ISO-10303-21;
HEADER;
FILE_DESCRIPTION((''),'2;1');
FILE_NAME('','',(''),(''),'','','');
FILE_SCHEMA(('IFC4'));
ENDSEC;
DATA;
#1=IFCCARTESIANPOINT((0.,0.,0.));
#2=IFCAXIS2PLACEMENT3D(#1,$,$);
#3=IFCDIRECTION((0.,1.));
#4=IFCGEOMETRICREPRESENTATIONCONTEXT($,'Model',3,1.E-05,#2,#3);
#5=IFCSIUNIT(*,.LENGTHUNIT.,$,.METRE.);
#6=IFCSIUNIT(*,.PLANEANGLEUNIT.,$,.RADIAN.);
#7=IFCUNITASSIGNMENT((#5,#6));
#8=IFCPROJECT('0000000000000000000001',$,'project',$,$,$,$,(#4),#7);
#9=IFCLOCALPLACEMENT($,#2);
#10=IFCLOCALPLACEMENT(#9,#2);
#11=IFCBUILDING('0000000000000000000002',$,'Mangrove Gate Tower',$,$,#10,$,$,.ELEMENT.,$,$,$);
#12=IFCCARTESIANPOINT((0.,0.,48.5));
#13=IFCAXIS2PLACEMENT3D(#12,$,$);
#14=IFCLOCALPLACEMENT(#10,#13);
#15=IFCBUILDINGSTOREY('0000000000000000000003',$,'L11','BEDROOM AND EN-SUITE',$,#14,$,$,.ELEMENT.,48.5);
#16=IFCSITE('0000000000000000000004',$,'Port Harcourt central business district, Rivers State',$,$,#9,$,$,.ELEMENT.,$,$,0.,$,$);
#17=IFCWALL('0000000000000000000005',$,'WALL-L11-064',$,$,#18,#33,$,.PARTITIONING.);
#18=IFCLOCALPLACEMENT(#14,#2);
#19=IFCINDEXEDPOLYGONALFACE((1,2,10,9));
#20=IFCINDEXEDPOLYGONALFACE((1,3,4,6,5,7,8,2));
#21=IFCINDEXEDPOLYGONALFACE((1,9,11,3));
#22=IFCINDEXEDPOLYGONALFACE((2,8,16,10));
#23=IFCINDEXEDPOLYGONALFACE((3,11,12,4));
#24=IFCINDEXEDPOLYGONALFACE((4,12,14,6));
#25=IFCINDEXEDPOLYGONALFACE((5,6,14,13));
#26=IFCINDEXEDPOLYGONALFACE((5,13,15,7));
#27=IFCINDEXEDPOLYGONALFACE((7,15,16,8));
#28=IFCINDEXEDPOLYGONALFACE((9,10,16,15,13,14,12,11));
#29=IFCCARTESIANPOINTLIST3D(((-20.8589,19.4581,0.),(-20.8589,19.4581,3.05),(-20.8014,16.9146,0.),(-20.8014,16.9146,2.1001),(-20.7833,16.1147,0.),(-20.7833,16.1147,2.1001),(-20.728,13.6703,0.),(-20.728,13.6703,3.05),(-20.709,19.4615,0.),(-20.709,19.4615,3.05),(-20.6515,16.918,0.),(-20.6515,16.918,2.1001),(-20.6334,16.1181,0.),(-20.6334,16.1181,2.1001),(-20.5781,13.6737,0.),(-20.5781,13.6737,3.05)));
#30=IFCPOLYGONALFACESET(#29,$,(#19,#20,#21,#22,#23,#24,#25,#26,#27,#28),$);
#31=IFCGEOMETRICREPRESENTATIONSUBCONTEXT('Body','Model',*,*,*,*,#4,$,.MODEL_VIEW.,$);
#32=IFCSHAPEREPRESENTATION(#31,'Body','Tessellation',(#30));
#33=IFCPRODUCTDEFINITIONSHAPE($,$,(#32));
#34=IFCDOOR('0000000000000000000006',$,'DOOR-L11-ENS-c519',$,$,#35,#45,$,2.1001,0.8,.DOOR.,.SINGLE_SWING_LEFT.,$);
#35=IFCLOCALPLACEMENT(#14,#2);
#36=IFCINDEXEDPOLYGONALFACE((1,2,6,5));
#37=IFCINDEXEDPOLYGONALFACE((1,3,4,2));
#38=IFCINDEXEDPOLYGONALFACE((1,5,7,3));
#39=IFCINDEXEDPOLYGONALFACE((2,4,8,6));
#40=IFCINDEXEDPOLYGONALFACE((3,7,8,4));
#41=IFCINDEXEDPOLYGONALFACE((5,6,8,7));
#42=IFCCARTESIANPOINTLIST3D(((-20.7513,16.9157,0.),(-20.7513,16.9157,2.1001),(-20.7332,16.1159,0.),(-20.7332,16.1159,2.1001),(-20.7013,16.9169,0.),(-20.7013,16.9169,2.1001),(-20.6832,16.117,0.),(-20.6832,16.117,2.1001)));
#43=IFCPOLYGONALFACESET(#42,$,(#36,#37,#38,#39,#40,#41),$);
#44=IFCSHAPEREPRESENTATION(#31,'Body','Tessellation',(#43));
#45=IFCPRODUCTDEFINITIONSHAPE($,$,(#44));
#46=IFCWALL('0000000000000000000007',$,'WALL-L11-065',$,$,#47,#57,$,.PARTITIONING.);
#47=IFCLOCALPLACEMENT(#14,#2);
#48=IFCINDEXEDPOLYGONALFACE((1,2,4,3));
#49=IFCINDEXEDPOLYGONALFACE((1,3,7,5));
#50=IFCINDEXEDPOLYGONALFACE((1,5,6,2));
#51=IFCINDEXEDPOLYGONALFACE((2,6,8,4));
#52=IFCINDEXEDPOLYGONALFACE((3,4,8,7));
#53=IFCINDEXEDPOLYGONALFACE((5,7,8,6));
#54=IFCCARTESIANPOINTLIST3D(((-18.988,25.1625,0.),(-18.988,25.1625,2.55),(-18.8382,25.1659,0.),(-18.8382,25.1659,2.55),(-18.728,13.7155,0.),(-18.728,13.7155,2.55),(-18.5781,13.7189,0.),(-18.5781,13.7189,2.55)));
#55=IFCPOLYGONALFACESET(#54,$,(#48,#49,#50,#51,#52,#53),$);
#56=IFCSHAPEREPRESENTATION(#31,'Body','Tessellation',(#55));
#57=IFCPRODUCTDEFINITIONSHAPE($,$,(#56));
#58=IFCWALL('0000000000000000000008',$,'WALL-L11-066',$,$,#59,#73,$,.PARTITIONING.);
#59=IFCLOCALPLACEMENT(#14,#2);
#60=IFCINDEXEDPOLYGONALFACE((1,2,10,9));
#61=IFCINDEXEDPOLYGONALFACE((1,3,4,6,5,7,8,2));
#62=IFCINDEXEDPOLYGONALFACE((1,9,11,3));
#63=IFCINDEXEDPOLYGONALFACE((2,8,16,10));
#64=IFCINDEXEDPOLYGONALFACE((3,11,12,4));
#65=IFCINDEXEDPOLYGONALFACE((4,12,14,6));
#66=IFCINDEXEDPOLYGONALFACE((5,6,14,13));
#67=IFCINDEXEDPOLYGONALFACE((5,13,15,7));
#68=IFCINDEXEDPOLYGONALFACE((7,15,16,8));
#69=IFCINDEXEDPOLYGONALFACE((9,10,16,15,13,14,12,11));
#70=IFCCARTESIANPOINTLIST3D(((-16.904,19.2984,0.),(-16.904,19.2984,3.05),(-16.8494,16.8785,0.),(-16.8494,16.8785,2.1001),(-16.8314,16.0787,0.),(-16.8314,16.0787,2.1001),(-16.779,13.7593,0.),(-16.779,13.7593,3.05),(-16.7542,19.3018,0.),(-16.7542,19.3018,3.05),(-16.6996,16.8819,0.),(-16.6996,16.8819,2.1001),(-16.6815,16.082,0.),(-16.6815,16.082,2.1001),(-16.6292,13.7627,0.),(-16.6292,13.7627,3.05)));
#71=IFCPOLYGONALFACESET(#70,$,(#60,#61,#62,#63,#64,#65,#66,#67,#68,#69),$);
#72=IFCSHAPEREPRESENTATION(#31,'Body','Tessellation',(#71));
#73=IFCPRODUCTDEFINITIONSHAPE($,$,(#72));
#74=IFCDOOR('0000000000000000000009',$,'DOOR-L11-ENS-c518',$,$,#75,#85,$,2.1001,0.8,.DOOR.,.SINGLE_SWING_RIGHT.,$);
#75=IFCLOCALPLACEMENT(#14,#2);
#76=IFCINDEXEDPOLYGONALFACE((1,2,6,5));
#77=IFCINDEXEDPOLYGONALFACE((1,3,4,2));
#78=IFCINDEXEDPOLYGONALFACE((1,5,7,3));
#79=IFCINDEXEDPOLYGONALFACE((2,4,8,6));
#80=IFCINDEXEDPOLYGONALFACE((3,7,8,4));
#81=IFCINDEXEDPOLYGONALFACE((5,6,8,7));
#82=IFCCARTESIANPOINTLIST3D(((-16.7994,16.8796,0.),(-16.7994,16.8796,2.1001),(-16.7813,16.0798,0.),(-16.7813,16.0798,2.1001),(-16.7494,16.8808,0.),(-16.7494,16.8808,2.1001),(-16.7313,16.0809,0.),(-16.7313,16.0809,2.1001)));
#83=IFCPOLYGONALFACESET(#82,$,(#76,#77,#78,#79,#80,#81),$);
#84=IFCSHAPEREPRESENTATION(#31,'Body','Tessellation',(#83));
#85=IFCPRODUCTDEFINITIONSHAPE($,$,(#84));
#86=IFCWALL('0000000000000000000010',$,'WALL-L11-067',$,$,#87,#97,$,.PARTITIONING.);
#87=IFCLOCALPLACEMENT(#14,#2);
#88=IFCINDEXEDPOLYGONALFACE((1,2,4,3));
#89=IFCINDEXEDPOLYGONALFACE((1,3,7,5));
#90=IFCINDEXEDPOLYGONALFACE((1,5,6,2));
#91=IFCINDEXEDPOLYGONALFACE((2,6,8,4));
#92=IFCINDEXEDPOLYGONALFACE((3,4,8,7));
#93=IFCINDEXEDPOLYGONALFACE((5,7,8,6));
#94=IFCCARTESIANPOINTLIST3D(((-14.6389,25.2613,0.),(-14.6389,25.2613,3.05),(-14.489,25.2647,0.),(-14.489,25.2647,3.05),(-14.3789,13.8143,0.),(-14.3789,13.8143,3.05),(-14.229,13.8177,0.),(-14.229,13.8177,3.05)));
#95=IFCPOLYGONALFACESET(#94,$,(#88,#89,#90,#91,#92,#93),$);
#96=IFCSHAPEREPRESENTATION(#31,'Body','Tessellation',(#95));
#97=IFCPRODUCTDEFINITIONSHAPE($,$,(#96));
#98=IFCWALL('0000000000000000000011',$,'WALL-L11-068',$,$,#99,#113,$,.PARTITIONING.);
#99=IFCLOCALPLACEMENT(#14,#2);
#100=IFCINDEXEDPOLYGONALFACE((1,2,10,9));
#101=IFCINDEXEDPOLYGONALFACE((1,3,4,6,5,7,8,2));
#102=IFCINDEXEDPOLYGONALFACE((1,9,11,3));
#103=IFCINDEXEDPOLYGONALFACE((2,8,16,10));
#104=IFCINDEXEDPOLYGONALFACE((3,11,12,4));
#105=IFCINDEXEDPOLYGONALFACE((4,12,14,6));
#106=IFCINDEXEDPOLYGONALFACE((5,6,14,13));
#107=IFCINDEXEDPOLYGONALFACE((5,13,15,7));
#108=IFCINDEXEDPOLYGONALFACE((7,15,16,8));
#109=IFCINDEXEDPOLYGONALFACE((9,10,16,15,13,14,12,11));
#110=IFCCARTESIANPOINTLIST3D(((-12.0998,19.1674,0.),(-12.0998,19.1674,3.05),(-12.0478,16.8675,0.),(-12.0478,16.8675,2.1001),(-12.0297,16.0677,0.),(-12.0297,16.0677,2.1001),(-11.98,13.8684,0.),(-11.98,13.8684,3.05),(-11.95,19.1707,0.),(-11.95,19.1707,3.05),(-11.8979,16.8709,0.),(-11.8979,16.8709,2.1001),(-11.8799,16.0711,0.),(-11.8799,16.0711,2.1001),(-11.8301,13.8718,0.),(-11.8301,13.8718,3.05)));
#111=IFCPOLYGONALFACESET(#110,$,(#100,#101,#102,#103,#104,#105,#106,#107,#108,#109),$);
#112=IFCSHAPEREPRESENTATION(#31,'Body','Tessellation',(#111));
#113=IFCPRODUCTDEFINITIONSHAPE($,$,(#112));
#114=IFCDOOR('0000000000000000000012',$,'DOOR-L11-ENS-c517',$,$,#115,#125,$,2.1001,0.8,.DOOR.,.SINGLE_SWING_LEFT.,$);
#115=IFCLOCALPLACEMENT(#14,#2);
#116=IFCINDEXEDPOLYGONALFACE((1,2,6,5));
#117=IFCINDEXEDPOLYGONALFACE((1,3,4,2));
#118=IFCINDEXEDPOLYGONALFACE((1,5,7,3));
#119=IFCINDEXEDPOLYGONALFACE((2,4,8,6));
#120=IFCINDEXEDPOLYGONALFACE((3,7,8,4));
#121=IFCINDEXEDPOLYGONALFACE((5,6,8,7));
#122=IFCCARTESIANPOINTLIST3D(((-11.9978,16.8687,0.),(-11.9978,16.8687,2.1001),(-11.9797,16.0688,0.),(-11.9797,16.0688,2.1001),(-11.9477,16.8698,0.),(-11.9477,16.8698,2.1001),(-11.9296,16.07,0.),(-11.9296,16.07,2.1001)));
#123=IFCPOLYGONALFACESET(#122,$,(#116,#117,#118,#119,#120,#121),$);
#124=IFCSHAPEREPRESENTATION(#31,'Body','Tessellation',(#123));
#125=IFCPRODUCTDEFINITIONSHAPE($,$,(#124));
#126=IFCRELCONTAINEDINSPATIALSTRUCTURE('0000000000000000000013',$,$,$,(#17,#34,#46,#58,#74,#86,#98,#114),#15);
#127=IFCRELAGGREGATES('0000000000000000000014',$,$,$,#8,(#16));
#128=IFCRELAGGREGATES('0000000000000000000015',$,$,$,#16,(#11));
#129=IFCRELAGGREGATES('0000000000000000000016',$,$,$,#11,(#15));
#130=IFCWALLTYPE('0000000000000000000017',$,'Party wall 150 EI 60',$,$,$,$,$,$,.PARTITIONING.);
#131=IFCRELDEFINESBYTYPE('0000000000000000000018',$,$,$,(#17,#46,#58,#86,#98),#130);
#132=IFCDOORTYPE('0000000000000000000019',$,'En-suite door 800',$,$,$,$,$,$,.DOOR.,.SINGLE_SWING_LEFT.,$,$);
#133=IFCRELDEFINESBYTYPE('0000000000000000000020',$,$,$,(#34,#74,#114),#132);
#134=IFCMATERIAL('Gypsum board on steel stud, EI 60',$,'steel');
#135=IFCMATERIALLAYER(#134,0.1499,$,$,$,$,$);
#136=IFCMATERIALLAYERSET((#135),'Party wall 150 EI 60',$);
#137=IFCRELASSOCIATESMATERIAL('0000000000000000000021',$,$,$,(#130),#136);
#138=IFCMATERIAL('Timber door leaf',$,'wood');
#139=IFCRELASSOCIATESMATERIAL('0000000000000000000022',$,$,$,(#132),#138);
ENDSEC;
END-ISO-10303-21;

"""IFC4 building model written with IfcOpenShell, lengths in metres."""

from ifc_helpers import new_model, si_unit, direction, frame, frame_2d, origin, place, context, subcontext, project, spatial, rectangle, extrude, material, layer, layer_set, type_object, element, fill, save


model = new_model("IFC4")

# Units and contexts
model_context = context("Model", 3, precision=1e-05, world=origin(), true_north=direction((0.0, 1.0)))
body_context = subcontext(model_context, "Body", "Model", "MODEL_VIEW")
ifc_project = project(units=[si_unit("LENGTHUNIT", "METRE"), si_unit("PLANEANGLEUNIT", "RADIAN")], contexts=[model_context])

# Site, building, storey
site_placement = place(None, origin())
site = spatial("IfcSite", under=ifc_project, at=site_placement, Name="Port Harcourt central business district, Rivers State", CompositionType="ELEMENT", RefElevation=0.0)
building_placement = place(site_placement, origin())
building = spatial("IfcBuilding", under=site, at=building_placement, Name="Mangrove Gate Tower", CompositionType="ELEMENT")
storey_placement = place(building_placement, frame((0.0, 0.0, 48.5)))
storey = spatial("IfcBuildingStorey", under=building, at=storey_placement, Name="L11", Description="BEDROOM AND EN-SUITE", CompositionType="ELEMENT", Elevation=48.5)

# Shared definitions
ifc_material_1 = material(Name="Gypsum board on steel stud, EI 60", Category="steel")
ifc_layer_1 = layer(ifc_material_1, 0.1499)
ifc_layer_set_1 = layer_set([ifc_layer_1], Name="Party wall 150 EI 60")
wall_type_1 = type_object("IfcWallType", Name="Party wall 150 EI 60", PredefinedType="PARTITIONING", material=ifc_layer_set_1)

# Wall, opening, door
wall_1_placement = place(storey_placement, frame((-20.6531, 13.6721, 0.0), z_axis=(0.0, 0.0, 1.0), x_axis=(-0.022604, 0.999745, 0.0)))
wall_1 = element("IfcWall", 1, at=wall_1_placement, inside=storey, type_object=wall_type_1, Name="WALL-L11-064", PredefinedType="PARTITIONING", context=body_context, shape_type="SweptSolid", body=[
    extrude(rectangle(XDim=5.7893, YDim=0.1499, at=frame_2d((2.8945, 0.0))), origin(), (0.0, 0.0, 1.0), 3.05),
])
opening_1_placement = place(wall_1_placement, frame((2.4451, 0.0, 0.0)))
opening_1 = element("IfcOpeningElement", 2, at=opening_1_placement, cuts=wall_1, PredefinedType="OPENING", context=body_context, shape_type="SweptSolid", body=[
    extrude(rectangle(XDim=0.8, YDim=2.1001, at=frame_2d((0.3999, 1.05))), frame((0.0, 0.085, 0.0), z_axis=(0.0, -1.0, 0.0), x_axis=(1.0, 0.0, 0.0)), (0.0, 0.0, 1.0), 0.1699),
])
ifc_material_2 = material(Name="Timber door leaf", Category="wood")
door_type_1 = type_object("IfcDoorType", Name="En-suite door 800", OperationType="SINGLE_SWING_LEFT", PredefinedType="DOOR", material=ifc_material_2)
door_1_placement = place(opening_1_placement, origin())
door_1 = element("IfcDoor", 3, at=door_1_placement, inside=storey, type_object=door_type_1, Name="DOOR-L11-ENS-c519", OperationType="SINGLE_SWING_LEFT", OverallHeight=2.1001, OverallWidth=0.8, PredefinedType="DOOR", context=body_context, shape_type="SweptSolid", body=[
    extrude(rectangle(XDim=0.8, YDim=2.1001, at=frame_2d((0.3999, 1.05))), frame((0.0, 0.0249, 0.0), z_axis=(0.0, -1.0, 0.0), x_axis=(1.0, 0.0, 0.0)), (0.0, 0.0, 1.0), 0.05),
])
fill(opening_1, door_1)

# Wall
wall_2_placement = place(storey_placement, frame((-18.6531, 13.717, 0.0), z_axis=(0.0, 0.0, 1.0), x_axis=(-0.022708, 0.999742, 0.0)))
element("IfcWall", 4, at=wall_2_placement, inside=storey, type_object=wall_type_1, Name="WALL-L11-065", PredefinedType="PARTITIONING", context=body_context, shape_type="SweptSolid", body=[
    extrude(rectangle(XDim=11.45, YDim=0.1499, at=frame_2d((5.7251, 0.0))), origin(), (0.0, 0.0, 1.0), 2.55),
])

# Wall, opening, door
wall_3_placement = place(storey_placement, frame((-16.7041, 13.761, 0.0), z_axis=(0.0, 0.0, 1.0), x_axis=(-0.022561, 0.999745, 0.0)))
wall_3 = element("IfcWall", 5, at=wall_3_placement, inside=storey, type_object=wall_type_1, Name="WALL-L11-066", PredefinedType="PARTITIONING", context=body_context, shape_type="SweptSolid", body=[
    extrude(rectangle(XDim=5.5405, YDim=0.1499, at=frame_2d((2.7703, 0.0))), origin(), (0.0, 0.0, 1.0), 3.05),
])
opening_2_placement = place(wall_3_placement, frame((2.3201, 0.0, 0.0)))
opening_2 = element("IfcOpeningElement", 6, at=opening_2_placement, cuts=wall_3, PredefinedType="OPENING", context=body_context, shape_type="SweptSolid", body=[
    extrude(rectangle(XDim=0.8, YDim=2.1001, at=frame_2d((0.3999, 1.05))), frame((0.0, 0.085, 0.0), z_axis=(0.0, -1.0, 0.0), x_axis=(1.0, 0.0, 0.0)), (0.0, 0.0, 1.0), 0.1699),
])
door_2_placement = place(opening_2_placement, origin())
door_2 = element("IfcDoor", 7, at=door_2_placement, inside=storey, type_object=door_type_1, Name="DOOR-L11-ENS-c518", OperationType="SINGLE_SWING_RIGHT", OverallHeight=2.1001, OverallWidth=0.8, PredefinedType="DOOR", context=body_context, shape_type="SweptSolid", body=[
    extrude(rectangle(XDim=0.8, YDim=2.1001, at=frame_2d((0.3999, 1.05))), frame((0.0, 0.0249, 0.0), z_axis=(0.0, -1.0, 0.0), x_axis=(1.0, 0.0, 0.0)), (0.0, 0.0, 1.0), 0.05),
])
fill(opening_2, door_2)

# Wall
wall_4_placement = place(storey_placement, frame((-14.304, 13.8159, 0.0), z_axis=(0.0, 0.0, 1.0), x_axis=(-0.022708, 0.999742, 0.0)))
element("IfcWall", 8, at=wall_4_placement, inside=storey, type_object=wall_type_1, Name="WALL-L11-067", PredefinedType="PARTITIONING", context=body_context, shape_type="SweptSolid", body=[
    extrude(rectangle(XDim=11.45, YDim=0.1499, at=frame_2d((5.7251, 0.0))), origin(), (0.0, 0.0, 1.0), 3.05),
])

# Wall, opening, door
wall_5_placement = place(storey_placement, frame((-11.905, 13.8701, 0.0), z_axis=(0.0, 0.0, 1.0), x_axis=(-0.022617, 0.999744, 0.0)))
wall_5 = element("IfcWall", 9, at=wall_5_placement, inside=storey, type_object=wall_type_1, Name="WALL-L11-068", PredefinedType="PARTITIONING", context=body_context, shape_type="SweptSolid", body=[
    extrude(rectangle(XDim=5.3003, YDim=0.1499, at=frame_2d((2.6501, 0.0))), origin(), (0.0, 0.0, 1.0), 3.05),
])
opening_3_placement = place(wall_5_placement, frame((2.2, 0.0, 0.0)))
opening_3 = element("IfcOpeningElement", 10, at=opening_3_placement, cuts=wall_5, PredefinedType="OPENING", context=body_context, shape_type="SweptSolid", body=[
    extrude(rectangle(XDim=0.8, YDim=2.1001, at=frame_2d((0.3999, 1.05))), frame((0.0, 0.085, 0.0), z_axis=(0.0, -1.0, 0.0), x_axis=(1.0, 0.0, 0.0)), (0.0, 0.0, 1.0), 0.1699),
])
door_3_placement = place(opening_3_placement, origin())
door_3 = element("IfcDoor", 11, at=door_3_placement, inside=storey, type_object=door_type_1, Name="DOOR-L11-ENS-c517", OperationType="SINGLE_SWING_LEFT", OverallHeight=2.1001, OverallWidth=0.8, PredefinedType="DOOR", context=body_context, shape_type="SweptSolid", body=[
    extrude(rectangle(XDim=0.8, YDim=2.1001, at=frame_2d((0.3999, 1.05))), frame((0.0, 0.0249, 0.0), z_axis=(0.0, -1.0, 0.0), x_axis=(1.0, 0.0, 0.0)), (0.0, 0.0, 1.0), 0.05),
])
fill(opening_3, door_3)

save(model, "model.ifc")
